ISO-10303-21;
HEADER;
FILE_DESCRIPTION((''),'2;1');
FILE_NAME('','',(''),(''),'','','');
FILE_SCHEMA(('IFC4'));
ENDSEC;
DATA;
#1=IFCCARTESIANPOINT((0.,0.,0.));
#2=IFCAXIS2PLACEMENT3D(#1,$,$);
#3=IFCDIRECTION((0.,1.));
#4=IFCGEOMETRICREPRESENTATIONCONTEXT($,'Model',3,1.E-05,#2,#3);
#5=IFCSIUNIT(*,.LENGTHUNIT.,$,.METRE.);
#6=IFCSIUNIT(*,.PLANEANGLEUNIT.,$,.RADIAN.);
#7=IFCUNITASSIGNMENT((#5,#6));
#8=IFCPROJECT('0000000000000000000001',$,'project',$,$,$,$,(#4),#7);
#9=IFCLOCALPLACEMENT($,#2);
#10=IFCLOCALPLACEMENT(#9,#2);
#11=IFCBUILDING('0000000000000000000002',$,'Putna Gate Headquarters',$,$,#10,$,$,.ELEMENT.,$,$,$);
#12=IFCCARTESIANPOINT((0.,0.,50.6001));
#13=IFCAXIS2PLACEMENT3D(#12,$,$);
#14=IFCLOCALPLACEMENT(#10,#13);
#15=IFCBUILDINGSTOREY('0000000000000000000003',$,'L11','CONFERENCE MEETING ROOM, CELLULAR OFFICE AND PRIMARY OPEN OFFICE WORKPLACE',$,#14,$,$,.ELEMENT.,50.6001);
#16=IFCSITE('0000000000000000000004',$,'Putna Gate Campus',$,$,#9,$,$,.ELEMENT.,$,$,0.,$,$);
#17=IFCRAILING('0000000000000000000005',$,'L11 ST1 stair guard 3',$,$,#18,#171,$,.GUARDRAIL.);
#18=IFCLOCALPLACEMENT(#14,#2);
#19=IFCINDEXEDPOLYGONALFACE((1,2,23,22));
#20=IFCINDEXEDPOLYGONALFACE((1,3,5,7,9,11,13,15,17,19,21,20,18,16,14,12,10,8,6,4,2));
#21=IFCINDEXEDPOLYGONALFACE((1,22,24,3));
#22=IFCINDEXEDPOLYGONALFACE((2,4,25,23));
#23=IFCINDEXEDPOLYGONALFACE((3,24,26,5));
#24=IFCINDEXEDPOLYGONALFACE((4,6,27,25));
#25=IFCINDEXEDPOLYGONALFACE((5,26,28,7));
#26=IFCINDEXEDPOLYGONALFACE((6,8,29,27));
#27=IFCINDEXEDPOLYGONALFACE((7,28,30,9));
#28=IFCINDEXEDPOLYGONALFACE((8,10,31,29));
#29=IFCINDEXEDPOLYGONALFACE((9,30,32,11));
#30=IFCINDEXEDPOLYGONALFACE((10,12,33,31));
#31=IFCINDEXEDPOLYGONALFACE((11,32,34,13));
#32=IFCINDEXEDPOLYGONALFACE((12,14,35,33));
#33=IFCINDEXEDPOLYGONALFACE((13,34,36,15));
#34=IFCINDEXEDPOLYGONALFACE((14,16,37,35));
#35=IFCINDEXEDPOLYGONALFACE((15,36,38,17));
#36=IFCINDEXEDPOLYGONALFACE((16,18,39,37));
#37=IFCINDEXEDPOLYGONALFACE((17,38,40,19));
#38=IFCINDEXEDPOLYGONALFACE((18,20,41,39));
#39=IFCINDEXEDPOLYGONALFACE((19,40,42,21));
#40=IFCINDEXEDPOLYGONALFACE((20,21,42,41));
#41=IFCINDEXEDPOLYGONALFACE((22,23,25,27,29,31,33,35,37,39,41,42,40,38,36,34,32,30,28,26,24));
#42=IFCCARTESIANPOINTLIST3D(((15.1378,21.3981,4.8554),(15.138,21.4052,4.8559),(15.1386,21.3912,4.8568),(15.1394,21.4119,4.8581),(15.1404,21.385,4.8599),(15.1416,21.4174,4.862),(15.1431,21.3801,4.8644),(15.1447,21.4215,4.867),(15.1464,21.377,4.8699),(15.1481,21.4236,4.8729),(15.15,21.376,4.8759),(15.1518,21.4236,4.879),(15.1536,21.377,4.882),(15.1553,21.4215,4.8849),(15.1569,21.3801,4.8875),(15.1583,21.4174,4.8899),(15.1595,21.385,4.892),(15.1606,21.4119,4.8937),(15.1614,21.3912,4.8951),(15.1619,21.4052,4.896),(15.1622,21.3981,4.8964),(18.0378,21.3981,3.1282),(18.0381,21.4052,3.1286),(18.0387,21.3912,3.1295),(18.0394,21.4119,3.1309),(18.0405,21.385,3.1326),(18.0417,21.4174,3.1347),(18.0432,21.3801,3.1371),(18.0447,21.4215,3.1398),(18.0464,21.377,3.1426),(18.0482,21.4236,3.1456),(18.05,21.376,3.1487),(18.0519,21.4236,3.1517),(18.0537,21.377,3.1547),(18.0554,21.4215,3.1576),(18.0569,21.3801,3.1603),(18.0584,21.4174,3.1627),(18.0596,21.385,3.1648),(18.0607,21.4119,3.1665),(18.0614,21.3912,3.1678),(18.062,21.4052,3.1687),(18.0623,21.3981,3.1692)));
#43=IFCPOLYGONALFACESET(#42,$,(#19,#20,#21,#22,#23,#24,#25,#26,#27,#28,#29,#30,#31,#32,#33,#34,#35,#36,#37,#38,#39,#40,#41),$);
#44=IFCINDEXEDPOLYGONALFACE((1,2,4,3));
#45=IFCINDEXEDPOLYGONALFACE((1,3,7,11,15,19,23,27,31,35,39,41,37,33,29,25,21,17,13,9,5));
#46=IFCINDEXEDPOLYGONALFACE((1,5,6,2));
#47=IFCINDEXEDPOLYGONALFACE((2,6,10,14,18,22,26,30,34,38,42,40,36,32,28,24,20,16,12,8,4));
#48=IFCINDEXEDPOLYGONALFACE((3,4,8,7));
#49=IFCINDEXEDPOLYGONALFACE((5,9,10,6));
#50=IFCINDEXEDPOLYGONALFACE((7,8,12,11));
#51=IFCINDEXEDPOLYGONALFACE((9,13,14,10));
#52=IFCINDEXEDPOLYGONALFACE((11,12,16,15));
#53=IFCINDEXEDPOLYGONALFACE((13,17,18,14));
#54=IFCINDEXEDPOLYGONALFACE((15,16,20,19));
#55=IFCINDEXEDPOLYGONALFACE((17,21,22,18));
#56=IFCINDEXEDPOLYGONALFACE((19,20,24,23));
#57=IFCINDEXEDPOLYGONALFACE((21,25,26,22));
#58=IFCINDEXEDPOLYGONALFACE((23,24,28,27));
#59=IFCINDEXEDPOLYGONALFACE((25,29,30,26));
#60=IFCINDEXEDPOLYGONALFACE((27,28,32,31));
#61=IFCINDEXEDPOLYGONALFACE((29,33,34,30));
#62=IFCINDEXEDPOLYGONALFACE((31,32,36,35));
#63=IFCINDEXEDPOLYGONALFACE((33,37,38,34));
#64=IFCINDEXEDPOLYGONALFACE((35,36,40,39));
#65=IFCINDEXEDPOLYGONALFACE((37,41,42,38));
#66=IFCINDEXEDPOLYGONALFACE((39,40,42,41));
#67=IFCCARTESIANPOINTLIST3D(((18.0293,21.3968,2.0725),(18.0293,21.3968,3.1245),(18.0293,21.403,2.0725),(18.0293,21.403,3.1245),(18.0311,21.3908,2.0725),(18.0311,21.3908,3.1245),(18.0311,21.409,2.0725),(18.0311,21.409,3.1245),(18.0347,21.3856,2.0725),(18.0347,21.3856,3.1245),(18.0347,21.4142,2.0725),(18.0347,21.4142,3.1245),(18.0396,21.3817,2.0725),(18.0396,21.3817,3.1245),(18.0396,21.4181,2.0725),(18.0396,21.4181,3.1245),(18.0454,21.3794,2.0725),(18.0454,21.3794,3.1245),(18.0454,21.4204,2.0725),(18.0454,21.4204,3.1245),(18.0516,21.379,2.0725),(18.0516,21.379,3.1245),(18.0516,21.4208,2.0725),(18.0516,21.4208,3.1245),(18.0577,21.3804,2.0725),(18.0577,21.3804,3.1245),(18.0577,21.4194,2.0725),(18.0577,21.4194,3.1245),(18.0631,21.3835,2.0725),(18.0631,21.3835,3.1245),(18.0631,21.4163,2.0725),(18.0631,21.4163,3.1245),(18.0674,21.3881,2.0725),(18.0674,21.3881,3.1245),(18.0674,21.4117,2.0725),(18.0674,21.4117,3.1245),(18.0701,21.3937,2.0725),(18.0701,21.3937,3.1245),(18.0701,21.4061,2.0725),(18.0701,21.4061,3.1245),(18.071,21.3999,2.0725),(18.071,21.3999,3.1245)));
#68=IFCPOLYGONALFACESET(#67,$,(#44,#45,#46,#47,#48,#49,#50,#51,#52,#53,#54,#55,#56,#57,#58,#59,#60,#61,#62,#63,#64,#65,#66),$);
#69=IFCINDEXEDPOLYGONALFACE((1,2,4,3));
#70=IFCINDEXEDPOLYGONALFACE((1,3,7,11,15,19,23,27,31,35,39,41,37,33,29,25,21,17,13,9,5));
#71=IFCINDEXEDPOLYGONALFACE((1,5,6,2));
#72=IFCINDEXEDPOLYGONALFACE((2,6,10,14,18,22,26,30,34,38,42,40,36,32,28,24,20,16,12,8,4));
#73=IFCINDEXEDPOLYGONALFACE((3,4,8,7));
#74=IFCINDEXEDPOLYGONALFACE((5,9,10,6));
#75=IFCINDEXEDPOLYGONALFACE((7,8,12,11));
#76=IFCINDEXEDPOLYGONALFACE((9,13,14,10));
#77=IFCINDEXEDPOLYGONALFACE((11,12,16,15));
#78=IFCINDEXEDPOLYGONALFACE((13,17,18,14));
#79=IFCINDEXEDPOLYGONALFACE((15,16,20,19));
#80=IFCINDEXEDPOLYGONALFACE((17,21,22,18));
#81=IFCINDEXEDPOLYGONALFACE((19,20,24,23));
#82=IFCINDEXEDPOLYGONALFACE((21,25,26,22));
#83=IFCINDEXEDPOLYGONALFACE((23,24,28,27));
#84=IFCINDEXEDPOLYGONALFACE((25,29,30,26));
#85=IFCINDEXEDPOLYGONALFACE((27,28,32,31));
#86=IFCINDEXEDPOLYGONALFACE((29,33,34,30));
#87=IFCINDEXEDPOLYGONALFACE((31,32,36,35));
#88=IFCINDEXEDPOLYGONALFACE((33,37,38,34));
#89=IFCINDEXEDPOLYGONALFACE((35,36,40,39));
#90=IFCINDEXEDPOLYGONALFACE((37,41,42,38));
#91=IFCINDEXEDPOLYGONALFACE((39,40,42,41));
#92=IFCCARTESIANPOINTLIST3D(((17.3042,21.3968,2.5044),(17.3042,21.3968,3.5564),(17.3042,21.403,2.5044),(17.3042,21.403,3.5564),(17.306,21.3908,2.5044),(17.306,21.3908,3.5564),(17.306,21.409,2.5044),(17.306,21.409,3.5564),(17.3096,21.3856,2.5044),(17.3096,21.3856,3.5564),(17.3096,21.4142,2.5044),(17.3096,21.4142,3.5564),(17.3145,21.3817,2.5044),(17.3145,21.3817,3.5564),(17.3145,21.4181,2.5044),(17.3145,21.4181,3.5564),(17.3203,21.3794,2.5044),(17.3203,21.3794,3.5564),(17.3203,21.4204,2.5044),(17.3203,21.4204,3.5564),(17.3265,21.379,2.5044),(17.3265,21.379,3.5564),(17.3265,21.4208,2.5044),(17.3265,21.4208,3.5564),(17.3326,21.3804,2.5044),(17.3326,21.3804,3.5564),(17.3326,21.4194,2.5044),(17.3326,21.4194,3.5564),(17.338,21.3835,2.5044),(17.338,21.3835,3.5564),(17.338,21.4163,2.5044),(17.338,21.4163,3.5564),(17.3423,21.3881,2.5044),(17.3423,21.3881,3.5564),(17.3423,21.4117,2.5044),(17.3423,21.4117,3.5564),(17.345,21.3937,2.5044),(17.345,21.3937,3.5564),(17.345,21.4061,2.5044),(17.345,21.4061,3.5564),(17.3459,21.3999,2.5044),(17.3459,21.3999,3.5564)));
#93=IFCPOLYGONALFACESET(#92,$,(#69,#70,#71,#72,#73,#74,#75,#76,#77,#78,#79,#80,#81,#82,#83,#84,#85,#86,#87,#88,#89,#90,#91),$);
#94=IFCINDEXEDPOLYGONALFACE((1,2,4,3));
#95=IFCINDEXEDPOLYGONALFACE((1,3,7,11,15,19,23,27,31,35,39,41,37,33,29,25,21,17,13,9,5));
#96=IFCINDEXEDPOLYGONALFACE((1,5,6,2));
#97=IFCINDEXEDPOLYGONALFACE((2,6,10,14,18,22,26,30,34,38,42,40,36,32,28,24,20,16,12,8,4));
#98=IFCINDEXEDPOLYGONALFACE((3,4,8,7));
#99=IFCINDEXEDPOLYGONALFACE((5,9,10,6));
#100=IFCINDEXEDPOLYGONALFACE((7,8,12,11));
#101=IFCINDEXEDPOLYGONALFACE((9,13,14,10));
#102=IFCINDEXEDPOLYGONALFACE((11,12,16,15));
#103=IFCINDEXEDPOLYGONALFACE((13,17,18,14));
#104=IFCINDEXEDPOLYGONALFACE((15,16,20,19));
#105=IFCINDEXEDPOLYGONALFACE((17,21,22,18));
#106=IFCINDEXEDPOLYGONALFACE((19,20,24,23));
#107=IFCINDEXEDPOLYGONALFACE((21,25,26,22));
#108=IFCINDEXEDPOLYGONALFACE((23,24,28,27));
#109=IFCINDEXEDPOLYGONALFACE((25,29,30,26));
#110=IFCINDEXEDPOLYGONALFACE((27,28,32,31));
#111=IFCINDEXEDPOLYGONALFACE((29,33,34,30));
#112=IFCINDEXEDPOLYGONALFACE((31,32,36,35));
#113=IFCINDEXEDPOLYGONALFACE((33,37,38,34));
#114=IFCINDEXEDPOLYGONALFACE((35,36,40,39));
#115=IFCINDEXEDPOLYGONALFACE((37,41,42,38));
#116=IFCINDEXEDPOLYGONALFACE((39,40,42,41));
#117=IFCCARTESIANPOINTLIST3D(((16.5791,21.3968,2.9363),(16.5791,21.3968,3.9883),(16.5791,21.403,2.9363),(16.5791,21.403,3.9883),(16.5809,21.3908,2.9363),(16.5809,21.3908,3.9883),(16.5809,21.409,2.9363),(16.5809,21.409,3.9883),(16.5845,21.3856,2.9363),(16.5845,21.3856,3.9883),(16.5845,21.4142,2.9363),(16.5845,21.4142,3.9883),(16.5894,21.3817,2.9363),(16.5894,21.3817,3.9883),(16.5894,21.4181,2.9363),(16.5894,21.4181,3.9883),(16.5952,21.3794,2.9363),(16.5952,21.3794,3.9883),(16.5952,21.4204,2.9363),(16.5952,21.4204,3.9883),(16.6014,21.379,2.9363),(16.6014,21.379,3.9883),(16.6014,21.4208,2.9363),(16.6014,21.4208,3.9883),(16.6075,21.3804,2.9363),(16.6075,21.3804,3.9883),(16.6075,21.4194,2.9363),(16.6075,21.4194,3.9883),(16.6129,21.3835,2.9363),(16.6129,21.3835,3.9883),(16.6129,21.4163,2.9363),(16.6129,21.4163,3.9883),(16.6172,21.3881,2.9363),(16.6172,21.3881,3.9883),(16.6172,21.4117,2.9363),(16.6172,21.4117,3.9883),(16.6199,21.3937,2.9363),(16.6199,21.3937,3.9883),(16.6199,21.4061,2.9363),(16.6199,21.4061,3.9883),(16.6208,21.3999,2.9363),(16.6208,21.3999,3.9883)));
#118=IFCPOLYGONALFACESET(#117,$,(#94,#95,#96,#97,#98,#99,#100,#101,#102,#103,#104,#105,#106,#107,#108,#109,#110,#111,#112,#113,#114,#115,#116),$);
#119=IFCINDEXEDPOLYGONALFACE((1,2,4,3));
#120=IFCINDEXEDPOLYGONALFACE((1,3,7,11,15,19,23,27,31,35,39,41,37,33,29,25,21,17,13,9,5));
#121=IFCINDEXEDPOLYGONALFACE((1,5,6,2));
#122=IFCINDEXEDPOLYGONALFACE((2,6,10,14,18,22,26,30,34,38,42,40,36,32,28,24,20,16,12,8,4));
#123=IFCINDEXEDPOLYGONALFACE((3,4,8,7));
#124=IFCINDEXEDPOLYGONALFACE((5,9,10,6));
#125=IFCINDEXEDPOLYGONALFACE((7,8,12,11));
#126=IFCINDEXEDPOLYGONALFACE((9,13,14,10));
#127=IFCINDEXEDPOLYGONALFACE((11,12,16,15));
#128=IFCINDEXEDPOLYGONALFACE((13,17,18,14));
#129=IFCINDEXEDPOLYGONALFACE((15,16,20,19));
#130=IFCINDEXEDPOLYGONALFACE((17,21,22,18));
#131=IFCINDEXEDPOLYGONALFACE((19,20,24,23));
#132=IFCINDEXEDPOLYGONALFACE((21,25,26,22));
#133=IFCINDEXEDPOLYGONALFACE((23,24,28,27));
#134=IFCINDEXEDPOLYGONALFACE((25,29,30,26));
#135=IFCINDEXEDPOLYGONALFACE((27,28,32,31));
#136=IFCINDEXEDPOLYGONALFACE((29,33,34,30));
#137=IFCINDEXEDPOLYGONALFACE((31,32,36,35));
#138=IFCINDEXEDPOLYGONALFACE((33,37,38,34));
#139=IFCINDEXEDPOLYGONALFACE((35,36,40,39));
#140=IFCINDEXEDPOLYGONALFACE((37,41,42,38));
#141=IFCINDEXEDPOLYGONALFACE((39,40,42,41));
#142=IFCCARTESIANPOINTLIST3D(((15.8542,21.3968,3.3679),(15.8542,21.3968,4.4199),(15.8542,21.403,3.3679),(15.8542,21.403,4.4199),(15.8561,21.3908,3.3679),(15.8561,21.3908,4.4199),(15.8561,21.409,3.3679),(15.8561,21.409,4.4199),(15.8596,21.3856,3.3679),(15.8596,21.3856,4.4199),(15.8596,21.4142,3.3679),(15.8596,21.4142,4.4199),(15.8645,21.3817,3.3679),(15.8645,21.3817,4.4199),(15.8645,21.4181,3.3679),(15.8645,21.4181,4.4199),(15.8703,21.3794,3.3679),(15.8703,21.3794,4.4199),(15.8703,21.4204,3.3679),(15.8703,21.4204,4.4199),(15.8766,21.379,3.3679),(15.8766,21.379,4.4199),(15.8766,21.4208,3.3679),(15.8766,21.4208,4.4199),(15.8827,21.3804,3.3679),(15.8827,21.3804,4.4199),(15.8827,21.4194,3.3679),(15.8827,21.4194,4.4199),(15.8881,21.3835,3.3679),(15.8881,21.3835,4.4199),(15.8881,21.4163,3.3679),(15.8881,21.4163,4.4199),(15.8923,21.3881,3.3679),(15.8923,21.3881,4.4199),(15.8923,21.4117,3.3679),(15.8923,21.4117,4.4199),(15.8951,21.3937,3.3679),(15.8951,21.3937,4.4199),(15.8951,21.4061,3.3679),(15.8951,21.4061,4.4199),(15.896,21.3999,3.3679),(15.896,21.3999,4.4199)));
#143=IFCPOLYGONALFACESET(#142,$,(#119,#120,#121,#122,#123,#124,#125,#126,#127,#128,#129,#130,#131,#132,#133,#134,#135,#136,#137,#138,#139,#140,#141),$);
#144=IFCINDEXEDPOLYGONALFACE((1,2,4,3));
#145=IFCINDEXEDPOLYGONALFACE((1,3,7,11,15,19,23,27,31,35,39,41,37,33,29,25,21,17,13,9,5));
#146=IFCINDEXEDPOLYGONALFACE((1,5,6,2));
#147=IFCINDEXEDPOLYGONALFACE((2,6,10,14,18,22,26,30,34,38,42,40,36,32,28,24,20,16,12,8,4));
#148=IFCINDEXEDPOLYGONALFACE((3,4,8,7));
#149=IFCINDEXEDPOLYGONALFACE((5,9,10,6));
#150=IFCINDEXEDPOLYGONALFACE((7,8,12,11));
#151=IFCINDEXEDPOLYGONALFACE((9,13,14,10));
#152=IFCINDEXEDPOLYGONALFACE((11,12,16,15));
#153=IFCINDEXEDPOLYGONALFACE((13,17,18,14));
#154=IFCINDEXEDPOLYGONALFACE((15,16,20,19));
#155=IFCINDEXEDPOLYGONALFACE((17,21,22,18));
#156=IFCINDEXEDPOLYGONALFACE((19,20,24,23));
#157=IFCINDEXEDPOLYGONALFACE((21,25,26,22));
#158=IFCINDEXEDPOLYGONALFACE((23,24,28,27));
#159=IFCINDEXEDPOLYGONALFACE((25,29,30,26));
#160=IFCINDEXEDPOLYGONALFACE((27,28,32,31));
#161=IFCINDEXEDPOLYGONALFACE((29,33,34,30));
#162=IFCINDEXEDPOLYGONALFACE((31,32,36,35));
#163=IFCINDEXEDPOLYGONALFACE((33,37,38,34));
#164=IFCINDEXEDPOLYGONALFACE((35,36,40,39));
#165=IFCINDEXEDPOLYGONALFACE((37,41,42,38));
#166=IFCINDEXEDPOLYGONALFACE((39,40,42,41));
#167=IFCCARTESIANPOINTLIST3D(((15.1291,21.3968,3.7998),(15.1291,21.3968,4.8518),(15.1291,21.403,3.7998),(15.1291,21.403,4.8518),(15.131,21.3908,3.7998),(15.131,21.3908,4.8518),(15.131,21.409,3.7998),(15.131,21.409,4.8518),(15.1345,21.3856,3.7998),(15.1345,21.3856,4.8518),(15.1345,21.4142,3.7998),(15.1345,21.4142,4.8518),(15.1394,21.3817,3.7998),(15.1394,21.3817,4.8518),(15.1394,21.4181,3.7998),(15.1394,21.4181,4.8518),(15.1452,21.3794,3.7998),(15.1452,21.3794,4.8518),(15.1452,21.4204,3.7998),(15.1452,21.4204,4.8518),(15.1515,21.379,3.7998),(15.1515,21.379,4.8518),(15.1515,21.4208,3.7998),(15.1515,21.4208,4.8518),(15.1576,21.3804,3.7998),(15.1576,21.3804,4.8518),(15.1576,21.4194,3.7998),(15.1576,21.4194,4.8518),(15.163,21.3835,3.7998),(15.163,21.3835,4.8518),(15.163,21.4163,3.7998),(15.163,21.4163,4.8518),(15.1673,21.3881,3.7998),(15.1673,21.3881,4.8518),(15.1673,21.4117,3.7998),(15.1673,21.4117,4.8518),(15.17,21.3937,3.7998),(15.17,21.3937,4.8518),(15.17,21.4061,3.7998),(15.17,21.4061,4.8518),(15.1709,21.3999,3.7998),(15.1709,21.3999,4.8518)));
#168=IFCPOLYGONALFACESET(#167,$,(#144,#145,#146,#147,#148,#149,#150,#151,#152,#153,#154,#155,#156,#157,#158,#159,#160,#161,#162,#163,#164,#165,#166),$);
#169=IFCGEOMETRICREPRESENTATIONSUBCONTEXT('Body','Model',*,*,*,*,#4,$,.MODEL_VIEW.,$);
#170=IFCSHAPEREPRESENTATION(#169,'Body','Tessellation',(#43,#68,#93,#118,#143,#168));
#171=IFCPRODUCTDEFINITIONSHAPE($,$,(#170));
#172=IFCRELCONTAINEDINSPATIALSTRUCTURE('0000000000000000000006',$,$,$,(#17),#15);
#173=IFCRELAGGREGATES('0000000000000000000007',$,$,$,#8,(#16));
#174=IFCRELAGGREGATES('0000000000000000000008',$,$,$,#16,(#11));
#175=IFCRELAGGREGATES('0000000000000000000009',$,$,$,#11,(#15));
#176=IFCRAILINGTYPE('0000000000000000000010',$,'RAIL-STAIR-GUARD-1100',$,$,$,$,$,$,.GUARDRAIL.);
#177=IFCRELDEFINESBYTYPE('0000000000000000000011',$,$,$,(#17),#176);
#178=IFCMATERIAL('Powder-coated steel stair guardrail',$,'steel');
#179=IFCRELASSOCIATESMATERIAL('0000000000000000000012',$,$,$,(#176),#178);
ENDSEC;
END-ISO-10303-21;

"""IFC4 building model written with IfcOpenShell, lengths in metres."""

from ifc_helpers import new_model, si_unit, direction, frame, origin, origin_2d, place, context, subcontext, project, spatial, circle, extrude, material, type_object, element, save


model = new_model("IFC4")

# Units and contexts
model_context = context("Model", 3, precision=1e-05, world=origin(), true_north=direction((0.0, 1.0)))
body_context = subcontext(model_context, "Body", "Model", "MODEL_VIEW")
ifc_project = project(units=[si_unit("LENGTHUNIT", "METRE"), si_unit("PLANEANGLEUNIT", "RADIAN")], contexts=[model_context])

# Site, building, storey
site_placement = place(None, origin())
site = spatial("IfcSite", under=ifc_project, at=site_placement, Name="Putna Gate Campus", CompositionType="ELEMENT", RefElevation=0.0)
building_placement = place(site_placement, origin())
building = spatial("IfcBuilding", under=site, at=building_placement, Name="Putna Gate Headquarters", CompositionType="ELEMENT")
storey_placement = place(building_placement, frame((0.0, 0.0, 50.6001)))
storey = spatial("IfcBuildingStorey", under=building, at=storey_placement, Name="L11", Description="CONFERENCE MEETING ROOM, CELLULAR OFFICE AND PRIMARY OPEN OFFICE WORKPLACE", CompositionType="ELEMENT", Elevation=50.6001)

# Railing
ifc_material_1 = material(Name="Powder-coated steel stair guardrail", Category="steel")
railing_type_1 = type_object("IfcRailingType", Name="RAIL-STAIR-GUARD-1100", PredefinedType="GUARDRAIL", material=ifc_material_1)
railing_1_placement = place(storey_placement, frame((18.05, 21.3999, 2.0725)))
element("IfcRailing", 1, at=railing_1_placement, inside=storey, type_object=railing_type_1, Name="L11 ST1 stair guard 3", PredefinedType="GUARDRAIL", context=body_context, shape_type="SweptSolid", body=[
    extrude(circle(Radius=0.0239, at=origin_2d()), frame((0.0, 0.0, 1.0762), z_axis=(-0.85916, 0.0, 0.511706), x_axis=(0.0, -1.0, 0.0)), (0.0, 0.0, 1.0), 3.3755),
    extrude(circle(Radius=0.021, at=origin_2d()), origin(), (0.0, 0.0, 1.0), 1.052),
    extrude(circle(Radius=0.021, at=origin_2d()), frame((-0.7251, 0.0, 0.4319)), (0.0, 0.0, 1.0), 1.052),
    extrude(circle(Radius=0.021, at=origin_2d()), frame((-1.4502, 0.0, 0.8638)), (0.0, 0.0, 1.0), 1.052),
    extrude(circle(Radius=0.021, at=origin_2d()), frame((-2.175, 0.0, 1.2954)), (0.0, 0.0, 1.0), 1.052),
    extrude(circle(Radius=0.021, at=origin_2d()), frame((-2.9001, 0.0, 1.7273)), (0.0, 0.0, 1.0), 1.052),
])

save(model, "model.ifc")
